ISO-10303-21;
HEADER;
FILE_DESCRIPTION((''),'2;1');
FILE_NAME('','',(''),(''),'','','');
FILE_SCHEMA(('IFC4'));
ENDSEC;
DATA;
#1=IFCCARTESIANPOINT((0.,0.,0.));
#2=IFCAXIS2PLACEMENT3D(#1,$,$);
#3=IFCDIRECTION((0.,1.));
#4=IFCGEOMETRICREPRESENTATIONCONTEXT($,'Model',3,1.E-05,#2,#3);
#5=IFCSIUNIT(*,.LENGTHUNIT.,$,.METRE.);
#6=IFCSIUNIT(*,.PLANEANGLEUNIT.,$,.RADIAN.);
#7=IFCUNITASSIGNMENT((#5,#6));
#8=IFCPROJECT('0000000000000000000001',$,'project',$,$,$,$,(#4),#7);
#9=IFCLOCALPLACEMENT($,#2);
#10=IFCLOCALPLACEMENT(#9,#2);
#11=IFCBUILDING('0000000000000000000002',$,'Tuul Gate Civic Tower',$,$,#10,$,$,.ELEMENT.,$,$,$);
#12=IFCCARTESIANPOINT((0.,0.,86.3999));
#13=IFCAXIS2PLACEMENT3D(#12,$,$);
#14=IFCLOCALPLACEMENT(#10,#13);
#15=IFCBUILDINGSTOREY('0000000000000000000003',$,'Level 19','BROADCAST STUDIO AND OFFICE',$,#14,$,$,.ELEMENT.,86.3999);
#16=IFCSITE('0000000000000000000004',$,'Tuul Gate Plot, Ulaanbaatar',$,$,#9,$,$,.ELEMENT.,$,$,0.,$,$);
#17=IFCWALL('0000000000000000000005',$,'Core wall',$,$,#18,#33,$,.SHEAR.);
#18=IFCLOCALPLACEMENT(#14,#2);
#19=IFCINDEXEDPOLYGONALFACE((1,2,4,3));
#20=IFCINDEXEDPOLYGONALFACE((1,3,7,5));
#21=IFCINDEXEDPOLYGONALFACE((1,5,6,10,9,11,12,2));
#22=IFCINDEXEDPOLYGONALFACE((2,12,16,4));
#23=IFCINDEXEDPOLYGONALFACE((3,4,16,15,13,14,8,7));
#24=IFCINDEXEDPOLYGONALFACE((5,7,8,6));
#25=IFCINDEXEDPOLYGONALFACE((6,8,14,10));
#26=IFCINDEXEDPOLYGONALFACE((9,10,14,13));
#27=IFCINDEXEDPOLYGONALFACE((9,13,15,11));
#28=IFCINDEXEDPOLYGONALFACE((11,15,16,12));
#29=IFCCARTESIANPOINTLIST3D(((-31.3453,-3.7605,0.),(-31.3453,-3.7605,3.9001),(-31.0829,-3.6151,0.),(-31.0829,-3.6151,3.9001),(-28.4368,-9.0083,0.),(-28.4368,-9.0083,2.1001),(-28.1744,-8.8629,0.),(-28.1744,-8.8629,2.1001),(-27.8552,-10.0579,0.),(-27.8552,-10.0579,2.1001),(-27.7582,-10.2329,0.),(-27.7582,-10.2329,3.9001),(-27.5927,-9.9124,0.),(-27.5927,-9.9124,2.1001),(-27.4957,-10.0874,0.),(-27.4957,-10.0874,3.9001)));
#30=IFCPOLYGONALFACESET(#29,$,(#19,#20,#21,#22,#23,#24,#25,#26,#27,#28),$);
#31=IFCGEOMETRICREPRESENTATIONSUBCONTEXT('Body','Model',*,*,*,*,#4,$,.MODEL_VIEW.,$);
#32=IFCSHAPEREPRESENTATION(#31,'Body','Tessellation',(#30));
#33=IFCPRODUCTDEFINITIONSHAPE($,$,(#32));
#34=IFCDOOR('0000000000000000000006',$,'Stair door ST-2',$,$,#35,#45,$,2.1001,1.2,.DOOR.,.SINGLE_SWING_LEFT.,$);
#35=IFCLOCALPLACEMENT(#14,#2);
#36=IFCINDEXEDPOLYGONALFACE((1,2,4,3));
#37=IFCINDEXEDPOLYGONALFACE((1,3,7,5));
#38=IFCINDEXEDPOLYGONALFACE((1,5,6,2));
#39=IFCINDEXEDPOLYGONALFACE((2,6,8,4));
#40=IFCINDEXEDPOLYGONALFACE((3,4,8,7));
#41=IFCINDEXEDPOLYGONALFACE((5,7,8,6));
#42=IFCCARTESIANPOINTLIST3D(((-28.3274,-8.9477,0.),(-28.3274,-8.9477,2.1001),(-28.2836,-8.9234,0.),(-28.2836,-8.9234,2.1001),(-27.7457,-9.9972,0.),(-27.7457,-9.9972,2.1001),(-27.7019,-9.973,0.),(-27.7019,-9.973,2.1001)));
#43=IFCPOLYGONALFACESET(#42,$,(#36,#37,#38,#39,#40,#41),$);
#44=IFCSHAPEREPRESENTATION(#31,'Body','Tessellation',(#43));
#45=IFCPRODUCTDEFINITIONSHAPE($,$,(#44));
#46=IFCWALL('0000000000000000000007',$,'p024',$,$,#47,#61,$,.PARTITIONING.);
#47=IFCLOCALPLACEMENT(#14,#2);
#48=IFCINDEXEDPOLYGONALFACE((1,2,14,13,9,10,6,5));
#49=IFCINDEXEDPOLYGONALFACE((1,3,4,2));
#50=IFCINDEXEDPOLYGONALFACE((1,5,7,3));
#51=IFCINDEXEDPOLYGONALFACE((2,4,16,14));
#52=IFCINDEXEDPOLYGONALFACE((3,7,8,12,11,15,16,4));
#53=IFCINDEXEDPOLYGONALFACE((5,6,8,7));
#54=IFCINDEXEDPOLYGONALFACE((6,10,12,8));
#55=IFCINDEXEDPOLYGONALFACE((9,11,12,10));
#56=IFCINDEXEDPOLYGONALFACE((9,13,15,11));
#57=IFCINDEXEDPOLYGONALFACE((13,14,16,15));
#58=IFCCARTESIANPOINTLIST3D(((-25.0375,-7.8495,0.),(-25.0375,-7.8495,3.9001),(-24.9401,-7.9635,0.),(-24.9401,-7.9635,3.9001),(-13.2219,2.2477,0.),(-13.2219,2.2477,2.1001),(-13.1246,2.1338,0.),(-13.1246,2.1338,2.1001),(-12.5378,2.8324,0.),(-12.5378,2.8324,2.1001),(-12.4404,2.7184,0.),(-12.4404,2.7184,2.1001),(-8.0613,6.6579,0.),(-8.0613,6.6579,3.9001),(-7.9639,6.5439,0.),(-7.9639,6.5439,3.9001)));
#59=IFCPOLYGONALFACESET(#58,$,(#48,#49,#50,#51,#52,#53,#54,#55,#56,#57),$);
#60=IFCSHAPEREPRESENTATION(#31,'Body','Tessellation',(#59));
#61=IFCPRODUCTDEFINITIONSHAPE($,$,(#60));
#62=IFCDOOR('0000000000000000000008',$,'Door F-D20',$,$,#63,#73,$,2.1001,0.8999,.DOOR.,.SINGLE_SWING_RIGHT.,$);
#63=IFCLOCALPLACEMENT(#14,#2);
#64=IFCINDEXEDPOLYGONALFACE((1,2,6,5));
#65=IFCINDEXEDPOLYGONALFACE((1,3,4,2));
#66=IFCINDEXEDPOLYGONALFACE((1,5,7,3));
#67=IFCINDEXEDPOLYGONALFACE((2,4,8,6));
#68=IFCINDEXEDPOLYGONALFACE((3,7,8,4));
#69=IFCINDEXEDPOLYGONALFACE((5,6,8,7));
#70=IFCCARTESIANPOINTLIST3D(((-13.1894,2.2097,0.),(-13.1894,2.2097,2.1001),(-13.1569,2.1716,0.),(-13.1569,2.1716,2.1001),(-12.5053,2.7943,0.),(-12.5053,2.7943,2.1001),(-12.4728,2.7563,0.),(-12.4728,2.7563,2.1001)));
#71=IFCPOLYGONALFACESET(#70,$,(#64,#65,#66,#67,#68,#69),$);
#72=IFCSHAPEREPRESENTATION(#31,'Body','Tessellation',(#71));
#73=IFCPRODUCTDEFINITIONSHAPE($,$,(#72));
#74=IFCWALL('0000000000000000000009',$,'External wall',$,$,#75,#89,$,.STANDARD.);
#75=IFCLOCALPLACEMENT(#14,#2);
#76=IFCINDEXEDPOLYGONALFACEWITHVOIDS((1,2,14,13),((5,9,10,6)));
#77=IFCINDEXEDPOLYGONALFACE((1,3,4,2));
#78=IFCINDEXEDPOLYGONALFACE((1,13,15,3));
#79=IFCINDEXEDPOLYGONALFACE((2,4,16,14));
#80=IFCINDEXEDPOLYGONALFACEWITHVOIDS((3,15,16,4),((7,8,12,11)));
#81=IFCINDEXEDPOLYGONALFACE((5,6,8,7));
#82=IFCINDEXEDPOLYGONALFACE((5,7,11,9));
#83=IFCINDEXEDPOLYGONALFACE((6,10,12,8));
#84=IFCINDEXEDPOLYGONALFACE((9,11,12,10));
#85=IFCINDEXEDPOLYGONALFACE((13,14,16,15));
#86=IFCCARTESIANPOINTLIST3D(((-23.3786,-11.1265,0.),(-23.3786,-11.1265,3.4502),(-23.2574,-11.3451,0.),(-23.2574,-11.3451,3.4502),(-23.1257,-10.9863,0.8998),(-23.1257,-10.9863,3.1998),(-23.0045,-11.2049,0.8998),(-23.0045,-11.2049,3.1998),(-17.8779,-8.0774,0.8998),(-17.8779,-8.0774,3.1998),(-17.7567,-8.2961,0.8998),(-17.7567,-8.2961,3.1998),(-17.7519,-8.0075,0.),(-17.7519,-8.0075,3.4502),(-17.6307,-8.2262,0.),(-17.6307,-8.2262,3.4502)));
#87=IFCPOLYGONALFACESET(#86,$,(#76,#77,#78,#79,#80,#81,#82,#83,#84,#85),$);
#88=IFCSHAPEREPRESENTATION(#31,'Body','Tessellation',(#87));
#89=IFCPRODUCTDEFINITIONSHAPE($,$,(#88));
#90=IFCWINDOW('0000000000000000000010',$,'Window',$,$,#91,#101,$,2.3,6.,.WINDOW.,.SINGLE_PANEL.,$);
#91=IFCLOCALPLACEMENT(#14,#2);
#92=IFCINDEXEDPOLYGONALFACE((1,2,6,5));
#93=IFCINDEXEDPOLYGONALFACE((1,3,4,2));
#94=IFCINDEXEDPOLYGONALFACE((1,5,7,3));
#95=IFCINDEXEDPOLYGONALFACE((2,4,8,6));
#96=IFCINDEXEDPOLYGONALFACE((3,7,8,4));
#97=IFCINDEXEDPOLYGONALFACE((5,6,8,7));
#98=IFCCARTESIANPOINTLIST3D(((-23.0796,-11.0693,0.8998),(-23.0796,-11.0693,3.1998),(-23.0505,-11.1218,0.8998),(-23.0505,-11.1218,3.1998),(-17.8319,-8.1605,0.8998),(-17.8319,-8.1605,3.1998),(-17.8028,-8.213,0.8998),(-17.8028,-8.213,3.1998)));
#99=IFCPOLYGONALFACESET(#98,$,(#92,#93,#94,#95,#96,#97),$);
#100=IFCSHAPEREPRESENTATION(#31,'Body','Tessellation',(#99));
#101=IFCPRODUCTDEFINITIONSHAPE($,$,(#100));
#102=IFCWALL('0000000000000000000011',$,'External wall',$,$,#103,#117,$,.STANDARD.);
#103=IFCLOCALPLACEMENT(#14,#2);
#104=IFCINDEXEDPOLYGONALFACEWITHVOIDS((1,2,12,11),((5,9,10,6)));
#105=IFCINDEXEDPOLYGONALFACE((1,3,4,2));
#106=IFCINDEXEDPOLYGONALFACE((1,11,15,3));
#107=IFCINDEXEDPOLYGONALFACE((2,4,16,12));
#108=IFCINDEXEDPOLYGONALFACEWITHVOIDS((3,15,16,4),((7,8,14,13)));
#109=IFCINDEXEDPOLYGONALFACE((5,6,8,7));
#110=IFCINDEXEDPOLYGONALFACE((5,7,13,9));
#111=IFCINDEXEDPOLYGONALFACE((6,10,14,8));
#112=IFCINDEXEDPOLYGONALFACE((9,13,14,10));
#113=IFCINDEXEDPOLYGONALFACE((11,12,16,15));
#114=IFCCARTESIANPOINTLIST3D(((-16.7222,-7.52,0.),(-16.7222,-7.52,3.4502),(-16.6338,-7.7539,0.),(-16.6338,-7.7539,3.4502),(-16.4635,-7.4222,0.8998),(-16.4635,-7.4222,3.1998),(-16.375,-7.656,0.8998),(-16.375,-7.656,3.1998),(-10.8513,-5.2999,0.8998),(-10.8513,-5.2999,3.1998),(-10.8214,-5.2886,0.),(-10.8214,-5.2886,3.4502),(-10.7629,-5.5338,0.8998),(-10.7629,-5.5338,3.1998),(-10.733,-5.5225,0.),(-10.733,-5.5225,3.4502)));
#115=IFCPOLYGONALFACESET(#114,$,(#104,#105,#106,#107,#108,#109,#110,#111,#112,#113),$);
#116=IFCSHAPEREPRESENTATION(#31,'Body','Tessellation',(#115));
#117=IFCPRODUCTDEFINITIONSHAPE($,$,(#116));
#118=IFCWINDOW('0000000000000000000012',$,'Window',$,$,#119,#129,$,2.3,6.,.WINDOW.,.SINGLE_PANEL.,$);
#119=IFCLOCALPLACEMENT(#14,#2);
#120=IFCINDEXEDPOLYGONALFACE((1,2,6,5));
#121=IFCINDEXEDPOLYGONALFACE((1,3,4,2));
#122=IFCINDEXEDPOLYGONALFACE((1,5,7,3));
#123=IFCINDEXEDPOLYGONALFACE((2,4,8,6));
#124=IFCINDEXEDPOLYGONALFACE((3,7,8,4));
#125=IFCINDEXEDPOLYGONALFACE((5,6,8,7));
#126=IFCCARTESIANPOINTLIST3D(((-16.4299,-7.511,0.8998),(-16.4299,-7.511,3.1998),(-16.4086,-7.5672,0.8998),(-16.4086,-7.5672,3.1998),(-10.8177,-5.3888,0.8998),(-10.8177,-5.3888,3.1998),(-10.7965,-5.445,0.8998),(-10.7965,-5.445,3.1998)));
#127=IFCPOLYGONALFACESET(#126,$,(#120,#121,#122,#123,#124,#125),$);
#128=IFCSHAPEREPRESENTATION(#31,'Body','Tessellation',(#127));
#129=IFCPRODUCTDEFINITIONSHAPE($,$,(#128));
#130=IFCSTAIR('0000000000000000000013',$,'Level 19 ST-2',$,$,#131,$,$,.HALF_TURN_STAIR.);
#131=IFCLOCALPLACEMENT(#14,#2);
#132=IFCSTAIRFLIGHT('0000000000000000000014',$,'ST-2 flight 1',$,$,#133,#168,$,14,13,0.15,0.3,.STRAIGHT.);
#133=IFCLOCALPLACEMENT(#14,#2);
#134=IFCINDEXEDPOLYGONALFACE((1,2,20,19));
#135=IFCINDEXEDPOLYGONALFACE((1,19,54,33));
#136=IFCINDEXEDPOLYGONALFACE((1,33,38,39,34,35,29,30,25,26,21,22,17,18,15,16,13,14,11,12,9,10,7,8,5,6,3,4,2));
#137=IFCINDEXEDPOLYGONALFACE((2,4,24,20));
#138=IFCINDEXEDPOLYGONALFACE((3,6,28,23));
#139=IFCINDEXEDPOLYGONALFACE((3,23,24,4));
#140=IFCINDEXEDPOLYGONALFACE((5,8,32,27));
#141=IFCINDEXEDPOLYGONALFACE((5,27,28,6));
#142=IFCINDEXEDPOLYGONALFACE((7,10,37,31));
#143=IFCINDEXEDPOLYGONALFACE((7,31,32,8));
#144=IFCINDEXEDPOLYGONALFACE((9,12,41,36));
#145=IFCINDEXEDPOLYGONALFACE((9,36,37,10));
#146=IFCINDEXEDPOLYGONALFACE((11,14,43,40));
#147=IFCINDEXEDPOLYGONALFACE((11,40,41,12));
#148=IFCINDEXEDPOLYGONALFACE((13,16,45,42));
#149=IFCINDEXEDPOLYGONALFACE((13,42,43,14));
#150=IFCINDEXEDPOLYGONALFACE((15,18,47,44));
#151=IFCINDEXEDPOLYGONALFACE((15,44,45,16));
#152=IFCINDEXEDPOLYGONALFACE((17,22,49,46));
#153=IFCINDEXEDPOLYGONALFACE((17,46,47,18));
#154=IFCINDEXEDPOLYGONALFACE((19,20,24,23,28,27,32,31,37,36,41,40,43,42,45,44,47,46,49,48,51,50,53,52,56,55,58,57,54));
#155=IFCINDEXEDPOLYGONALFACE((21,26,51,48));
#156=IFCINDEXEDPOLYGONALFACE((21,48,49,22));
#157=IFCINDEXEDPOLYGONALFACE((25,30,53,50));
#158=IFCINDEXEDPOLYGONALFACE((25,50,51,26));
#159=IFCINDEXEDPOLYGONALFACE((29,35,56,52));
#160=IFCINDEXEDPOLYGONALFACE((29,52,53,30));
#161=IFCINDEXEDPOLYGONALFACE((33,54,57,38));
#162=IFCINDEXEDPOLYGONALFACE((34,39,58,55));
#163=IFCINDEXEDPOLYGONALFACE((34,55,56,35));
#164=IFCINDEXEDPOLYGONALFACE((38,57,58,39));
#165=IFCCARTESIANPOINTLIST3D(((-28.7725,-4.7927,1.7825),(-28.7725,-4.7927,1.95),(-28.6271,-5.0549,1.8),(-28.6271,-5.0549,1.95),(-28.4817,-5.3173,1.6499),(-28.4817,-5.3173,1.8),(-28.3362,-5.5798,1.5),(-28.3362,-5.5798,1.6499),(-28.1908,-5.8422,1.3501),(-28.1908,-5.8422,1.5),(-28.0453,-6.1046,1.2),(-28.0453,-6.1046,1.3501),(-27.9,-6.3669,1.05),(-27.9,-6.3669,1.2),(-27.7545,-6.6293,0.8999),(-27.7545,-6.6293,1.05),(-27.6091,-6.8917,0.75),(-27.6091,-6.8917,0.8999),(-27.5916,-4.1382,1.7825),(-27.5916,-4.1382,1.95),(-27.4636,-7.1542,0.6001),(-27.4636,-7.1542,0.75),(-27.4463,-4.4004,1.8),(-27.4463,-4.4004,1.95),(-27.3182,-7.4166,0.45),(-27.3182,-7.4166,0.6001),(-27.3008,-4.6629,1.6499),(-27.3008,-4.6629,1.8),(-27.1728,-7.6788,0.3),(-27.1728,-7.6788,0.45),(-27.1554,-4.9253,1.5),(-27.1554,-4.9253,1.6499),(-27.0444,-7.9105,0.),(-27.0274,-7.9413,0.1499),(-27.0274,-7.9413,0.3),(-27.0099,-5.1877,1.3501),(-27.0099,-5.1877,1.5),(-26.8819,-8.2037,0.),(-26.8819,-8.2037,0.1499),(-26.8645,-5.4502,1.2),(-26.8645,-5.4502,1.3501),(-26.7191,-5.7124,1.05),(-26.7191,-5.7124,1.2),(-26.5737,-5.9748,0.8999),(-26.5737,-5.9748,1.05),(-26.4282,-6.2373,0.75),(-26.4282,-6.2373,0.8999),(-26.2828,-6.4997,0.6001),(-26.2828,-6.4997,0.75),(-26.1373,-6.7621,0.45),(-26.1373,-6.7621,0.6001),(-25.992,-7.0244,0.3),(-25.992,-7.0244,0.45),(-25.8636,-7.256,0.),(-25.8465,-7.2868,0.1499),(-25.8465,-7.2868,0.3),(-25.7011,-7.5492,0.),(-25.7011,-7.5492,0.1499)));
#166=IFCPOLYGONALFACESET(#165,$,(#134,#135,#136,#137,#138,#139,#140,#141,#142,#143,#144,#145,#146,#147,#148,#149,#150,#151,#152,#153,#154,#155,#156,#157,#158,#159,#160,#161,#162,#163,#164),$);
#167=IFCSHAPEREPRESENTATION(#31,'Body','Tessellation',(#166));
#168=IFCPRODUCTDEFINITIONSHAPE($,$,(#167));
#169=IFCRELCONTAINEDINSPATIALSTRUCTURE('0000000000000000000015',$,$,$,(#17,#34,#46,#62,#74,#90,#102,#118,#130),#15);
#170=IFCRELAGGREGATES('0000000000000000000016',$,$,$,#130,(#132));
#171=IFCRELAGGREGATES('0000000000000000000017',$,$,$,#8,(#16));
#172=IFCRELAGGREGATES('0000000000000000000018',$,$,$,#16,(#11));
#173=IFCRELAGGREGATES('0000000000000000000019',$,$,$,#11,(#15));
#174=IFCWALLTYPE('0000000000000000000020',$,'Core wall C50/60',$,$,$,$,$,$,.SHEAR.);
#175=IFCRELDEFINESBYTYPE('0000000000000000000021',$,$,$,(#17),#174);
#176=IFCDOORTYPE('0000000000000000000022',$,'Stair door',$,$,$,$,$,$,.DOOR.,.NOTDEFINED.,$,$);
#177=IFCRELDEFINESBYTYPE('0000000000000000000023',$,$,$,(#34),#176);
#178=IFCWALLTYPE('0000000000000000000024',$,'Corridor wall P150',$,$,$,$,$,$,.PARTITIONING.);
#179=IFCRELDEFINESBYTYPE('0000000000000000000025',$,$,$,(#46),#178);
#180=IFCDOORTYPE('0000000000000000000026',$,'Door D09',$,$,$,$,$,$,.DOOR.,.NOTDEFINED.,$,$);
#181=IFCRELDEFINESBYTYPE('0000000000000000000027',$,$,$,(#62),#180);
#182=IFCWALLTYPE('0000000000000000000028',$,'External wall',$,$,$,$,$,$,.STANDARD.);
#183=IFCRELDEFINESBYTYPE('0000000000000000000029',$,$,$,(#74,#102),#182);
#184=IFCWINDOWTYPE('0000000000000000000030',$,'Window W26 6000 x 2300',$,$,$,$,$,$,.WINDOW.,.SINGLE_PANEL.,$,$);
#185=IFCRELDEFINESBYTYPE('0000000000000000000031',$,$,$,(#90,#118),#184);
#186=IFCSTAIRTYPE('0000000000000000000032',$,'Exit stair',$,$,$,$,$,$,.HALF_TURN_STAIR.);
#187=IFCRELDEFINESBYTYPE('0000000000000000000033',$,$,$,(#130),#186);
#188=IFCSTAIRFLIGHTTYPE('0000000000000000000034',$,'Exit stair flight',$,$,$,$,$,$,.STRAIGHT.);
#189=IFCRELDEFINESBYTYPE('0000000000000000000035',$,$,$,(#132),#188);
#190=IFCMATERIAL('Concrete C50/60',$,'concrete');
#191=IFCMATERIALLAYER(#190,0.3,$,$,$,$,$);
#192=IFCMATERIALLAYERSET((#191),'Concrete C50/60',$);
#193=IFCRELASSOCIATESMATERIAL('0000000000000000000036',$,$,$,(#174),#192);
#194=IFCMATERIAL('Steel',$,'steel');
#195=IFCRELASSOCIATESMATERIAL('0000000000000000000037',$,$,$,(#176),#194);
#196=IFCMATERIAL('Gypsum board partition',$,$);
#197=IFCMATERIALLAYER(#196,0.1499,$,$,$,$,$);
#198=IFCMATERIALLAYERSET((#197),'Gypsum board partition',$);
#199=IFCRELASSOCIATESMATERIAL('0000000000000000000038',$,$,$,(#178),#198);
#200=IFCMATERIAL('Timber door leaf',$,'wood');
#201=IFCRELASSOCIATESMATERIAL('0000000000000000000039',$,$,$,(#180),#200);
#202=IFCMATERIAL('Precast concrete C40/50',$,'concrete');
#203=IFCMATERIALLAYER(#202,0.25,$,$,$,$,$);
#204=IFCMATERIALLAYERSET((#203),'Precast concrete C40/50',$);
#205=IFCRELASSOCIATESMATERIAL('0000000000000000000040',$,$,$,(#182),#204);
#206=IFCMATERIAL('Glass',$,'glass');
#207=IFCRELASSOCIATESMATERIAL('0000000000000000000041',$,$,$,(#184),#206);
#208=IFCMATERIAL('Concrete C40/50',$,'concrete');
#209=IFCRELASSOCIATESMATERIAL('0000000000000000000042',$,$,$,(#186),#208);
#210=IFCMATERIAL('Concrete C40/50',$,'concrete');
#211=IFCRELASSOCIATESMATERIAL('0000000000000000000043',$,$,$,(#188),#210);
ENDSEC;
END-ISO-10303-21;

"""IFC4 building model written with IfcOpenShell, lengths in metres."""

from ifc_helpers import new_model, si_unit, direction, frame, frame_2d, origin, place, context, subcontext, project, spatial, polyline, rectangle, outline, extrude, material, layer, layer_set, type_object, element, fill, aggregate, save


model = new_model("IFC4")

# Units and contexts
model_context = context("Model", 3, precision=1e-05, world=origin(), true_north=direction((0.0, 1.0)))
body_context = subcontext(model_context, "Body", "Model", "MODEL_VIEW")
ifc_project = project(units=[si_unit("LENGTHUNIT", "METRE"), si_unit("PLANEANGLEUNIT", "RADIAN")], contexts=[model_context])

# Site, building, storey
site_placement = place(None, origin())
site = spatial("IfcSite", under=ifc_project, at=site_placement, Name="Tuul Gate Plot, Ulaanbaatar", CompositionType="ELEMENT", RefElevation=0.0)
building_placement = place(site_placement, origin())
building = spatial("IfcBuilding", under=site, at=building_placement, Name="Tuul Gate Civic Tower", CompositionType="ELEMENT")
storey_placement = place(building_placement, frame((0.0, 0.0, 86.3999)))
storey = spatial("IfcBuildingStorey", under=building, at=storey_placement, Name="Level 19", Description="BROADCAST STUDIO AND OFFICE", CompositionType="ELEMENT", Elevation=86.3999)

# Shared definitions
ifc_material_1 = material(Name="Concrete C50/60", Category="concrete")
ifc_layer_1 = layer(ifc_material_1, 0.3)
ifc_layer_set_1 = layer_set([ifc_layer_1], Name="Concrete C50/60")
wall_type_1 = type_object("IfcWallType", Name="Core wall C50/60", PredefinedType="SHEAR", material=ifc_layer_set_1)

# Walls, openings, doors
wall_1_placement = place(storey_placement, frame((-27.627, -10.1602, 0.0), z_axis=(0.0, 0.0, 1.0), x_axis=(-0.484752, 0.874652, 0.0)))
wall_1 = element("IfcWall", 1, at=wall_1_placement, inside=storey, type_object=wall_type_1, Name="Core wall", PredefinedType="SHEAR", context=body_context, shape_type="SweptSolid", body=[
    extrude(rectangle(XDim=7.3999, YDim=0.3, at=frame_2d((3.7, 0.0))), origin(), (0.0, 0.0, 1.0), 3.9001),
])
opening_1_placement = place(wall_1_placement, frame((0.2, 0.0, 0.0)))
opening_1 = element("IfcOpeningElement", 2, at=opening_1_placement, cuts=wall_1, PredefinedType="OPENING", context=body_context, shape_type="SweptSolid", body=[
    extrude(rectangle(XDim=1.2, YDim=2.1001, at=frame_2d((0.6001, 1.05))), frame((0.0, 0.1602, 0.0), z_axis=(0.0, -1.0, 0.0), x_axis=(1.0, 0.0, 0.0)), (0.0, 0.0, 1.0), 0.3201),
])
ifc_material_2 = material(Name="Steel", Category="steel")
door_type_1 = type_object("IfcDoorType", Name="Stair door", OperationType="NOTDEFINED", PredefinedType="DOOR", material=ifc_material_2)
door_1_placement = place(opening_1_placement, origin())
door_1 = element("IfcDoor", 3, at=door_1_placement, inside=storey, type_object=door_type_1, Name="Stair door ST-2", OperationType="SINGLE_SWING_LEFT", OverallHeight=2.1001, OverallWidth=1.2, PredefinedType="DOOR", context=body_context, shape_type="SweptSolid", body=[
    extrude(rectangle(XDim=1.2, YDim=2.1001, at=frame_2d((0.6001, 1.05))), frame((0.0, 0.0249, 0.0), z_axis=(0.0, -1.0, 0.0), x_axis=(1.0, 0.0, 0.0)), (0.0, 0.0, 1.0), 0.05),
])
fill(opening_1, door_1)
ifc_material_3 = material(Name="Gypsum board partition")
ifc_layer_2 = layer(ifc_material_3, 0.1499)
ifc_layer_set_2 = layer_set([ifc_layer_2], Name="Gypsum board partition")
wall_type_2 = type_object("IfcWallType", Name="Corridor wall P150", PredefinedType="PARTITIONING", material=ifc_layer_set_2)
wall_2_placement = place(storey_placement, frame((-24.9888, -7.9065, 0.0), z_axis=(0.0, 0.0, 1.0), x_axis=(0.76022, 0.649665, 0.0)))
wall_2 = element("IfcWall", 4, at=wall_2_placement, inside=storey, type_object=wall_type_2, Name="p024", PredefinedType="PARTITIONING", context=body_context, shape_type="SweptSolid", body=[
    extrude(rectangle(XDim=22.3306, YDim=0.1499, at=frame_2d((11.1653, 0.0))), origin(), (0.0, 0.0, 1.0), 3.9001),
])
opening_2_placement = place(wall_2_placement, frame((15.5422, 0.0, 0.0)))
opening_2 = element("IfcOpeningElement", 5, at=opening_2_placement, cuts=wall_2, PredefinedType="OPENING", context=body_context, shape_type="SweptSolid", body=[
    extrude(rectangle(XDim=0.8999, YDim=2.1001, at=frame_2d((0.45, 1.05))), frame((0.0, 0.085, 0.0), z_axis=(0.0, -1.0, 0.0), x_axis=(1.0, 0.0, 0.0)), (0.0, 0.0, 1.0), 0.1699),
])
ifc_material_4 = material(Name="Timber door leaf", Category="wood")
door_type_2 = type_object("IfcDoorType", Name="Door D09", OperationType="NOTDEFINED", PredefinedType="DOOR", material=ifc_material_4)
door_2_placement = place(opening_2_placement, origin())
door_2 = element("IfcDoor", 6, at=door_2_placement, inside=storey, type_object=door_type_2, Name="Door F-D20", OperationType="SINGLE_SWING_RIGHT", OverallHeight=2.1001, OverallWidth=0.8999, PredefinedType="DOOR", context=body_context, shape_type="SweptSolid", body=[
    extrude(rectangle(XDim=0.8999, YDim=2.1001, at=frame_2d((0.45, 1.05))), frame((0.0, 0.0249, 0.0), z_axis=(0.0, -1.0, 0.0), x_axis=(1.0, 0.0, 0.0)), (0.0, 0.0, 1.0), 0.05),
])
fill(opening_2, door_2)

# Walls, openings, windows
ifc_material_5 = material(Name="Precast concrete C40/50", Category="concrete")
ifc_layer_3 = layer(ifc_material_5, 0.25)
ifc_layer_set_3 = layer_set([ifc_layer_3], Name="Precast concrete C40/50")
wall_type_3 = type_object("IfcWallType", Name="External wall", PredefinedType="STANDARD", material=ifc_layer_set_3)
wall_3_placement = place(storey_placement, frame((-23.3181, -11.2358, 0.0), z_axis=(0.0, 0.0, 1.0), x_axis=(0.874622, 0.484805, 0.0)))
wall_3 = element("IfcWall", 7, at=wall_3_placement, inside=storey, type_object=wall_type_3, Name="External wall", PredefinedType="STANDARD", context=body_context, shape_type="SweptSolid", body=[
    extrude(rectangle(XDim=6.4333, YDim=0.25, at=frame_2d((3.2168, 0.0))), origin(), (0.0, 0.0, 1.0), 3.4502),
])
opening_3_placement = place(wall_3_placement, frame((0.2893, 0.0, 0.8999)))
opening_3 = element("IfcOpeningElement", 8, at=opening_3_placement, cuts=wall_3, PredefinedType="OPENING", context=body_context, shape_type="SweptSolid", body=[
    extrude(rectangle(XDim=6.0, YDim=2.3, at=frame_2d((3.0, 1.1499))), frame((0.0, 0.135, 0.0), z_axis=(0.0, -1.0, 0.0), x_axis=(1.0, 0.0, 0.0)), (0.0, 0.0, 1.0), 0.27),
])
ifc_material_6 = material(Name="Glass", Category="glass")
window_type = type_object("IfcWindowType", Name="Window W26 6000 x 2300", PartitioningType="SINGLE_PANEL", PredefinedType="WINDOW", material=ifc_material_6)
window_1_placement = place(opening_3_placement, origin())
window_1 = element("IfcWindow", 9, at=window_1_placement, inside=storey, type_object=window_type, Name="Window", OverallHeight=2.3, OverallWidth=6.0, PartitioningType="SINGLE_PANEL", PredefinedType="WINDOW", context=body_context, shape_type="SweptSolid", body=[
    extrude(rectangle(XDim=6.0, YDim=2.3, at=frame_2d((3.0, 1.1499))), frame((0.0, 0.03, 0.0), z_axis=(0.0, -1.0, 0.0), x_axis=(1.0, 0.0, 0.0)), (0.0, 0.0, 1.0), 0.0601),
])
fill(opening_3, window_1)
wall_4_placement = place(storey_placement, frame((-16.678, -7.637, 0.0), z_axis=(0.0, 0.0, 1.0), x_axis=(0.935355, 0.353709, 0.0)))
wall_4 = element("IfcWall", 10, at=wall_4_placement, inside=storey, type_object=wall_type_3, Name="External wall", PredefinedType="STANDARD", context=body_context, shape_type="SweptSolid", body=[
    extrude(rectangle(XDim=6.3086, YDim=0.25, at=frame_2d((3.1543, 0.0))), origin(), (0.0, 0.0, 1.0), 3.4502),
])
opening_4_placement = place(wall_4_placement, frame((0.2766, 0.0, 0.8999)))
opening_4 = element("IfcOpeningElement", 11, at=opening_4_placement, cuts=wall_4, PredefinedType="OPENING", context=body_context, shape_type="SweptSolid", body=[
    extrude(rectangle(XDim=6.0, YDim=2.3, at=frame_2d((3.0, 1.1499))), frame((0.0, 0.135, 0.0), z_axis=(0.0, -1.0, 0.0), x_axis=(1.0, 0.0, 0.0)), (0.0, 0.0, 1.0), 0.27),
])
window_2_placement = place(opening_4_placement, origin())
window_2 = element("IfcWindow", 12, at=window_2_placement, inside=storey, type_object=window_type, Name="Window", OverallHeight=2.3, OverallWidth=6.0, PartitioningType="SINGLE_PANEL", PredefinedType="WINDOW", context=body_context, shape_type="SweptSolid", body=[
    extrude(rectangle(XDim=6.0, YDim=2.3, at=frame_2d((3.0, 1.1499))), frame((0.0, 0.03, 0.0), z_axis=(0.0, -1.0, 0.0), x_axis=(1.0, 0.0, 0.0)), (0.0, 0.0, 1.0), 0.0601),
])
fill(opening_4, window_2)

# Stair, stair flight
ifc_material_7 = material(Name="Concrete C40/50", Category="concrete")
stair_type = type_object("IfcStairType", Name="Exit stair", PredefinedType="HALF_TURN_STAIR", material=ifc_material_7)
stair_placement = place(storey_placement, origin())
stair = element("IfcStair", 13, at=stair_placement, inside=storey, type_object=stair_type, Name="Level 19 ST-2", PredefinedType="HALF_TURN_STAIR")
ifc_material_8 = material(Name="Concrete C40/50", Category="concrete")
stair_flight_type = type_object("IfcStairFlightType", Name="Exit stair flight", PredefinedType="STRAIGHT", material=ifc_material_8)
stair_flight_placement = place(storey_placement, frame((-26.2915, -7.8765, 0.0), z_axis=(0.0, 0.0, 1.0), x_axis=(-0.484762, 0.874646, 0.0)))
stair_flight = element("IfcStairFlight", 14, at=stair_flight_placement, type_object=stair_flight_type, Name="ST-2 flight 1", NumberOfRisers=14, NumberOfTreads=13, PredefinedType="STRAIGHT", RiserHeight=0.15, TreadLength=0.3, context=body_context, shape_type="SweptSolid", body=[
    extrude(outline(polyline([(0.0, 0.0), (0.0, 0.1499), (0.3, 0.1499), (0.3, 0.3), (0.6001, 0.3), (0.6001, 0.45), (0.8999, 0.45), (0.8999, 0.6001), (1.2, 0.6001), (1.2, 0.75), (1.5, 0.75), (1.5, 0.8999), (1.8, 0.8999), (1.8, 1.05), (2.1001, 1.05), (2.1001, 1.2), (2.3999, 1.2), (2.3999, 1.3501), (2.7, 1.3501), (2.7, 1.5), (3.0, 1.5), (3.0, 1.6499), (3.3, 1.6499), (3.3, 1.8), (3.6001, 1.8), (3.6001, 1.95), (3.8999, 1.95), (3.8999, 2.1001), (3.8999, 1.7825), (0.3352, 0.0), (0.0, 0.0)])), frame((0.0, 0.675, 0.0), z_axis=(0.0, -1.0, 0.0), x_axis=(1.0, 0.0, 0.0)), (0.0, 0.0, 1.0), 1.3501),
])
aggregate(stair, [stair_flight])

save(model, "model.ifc")
